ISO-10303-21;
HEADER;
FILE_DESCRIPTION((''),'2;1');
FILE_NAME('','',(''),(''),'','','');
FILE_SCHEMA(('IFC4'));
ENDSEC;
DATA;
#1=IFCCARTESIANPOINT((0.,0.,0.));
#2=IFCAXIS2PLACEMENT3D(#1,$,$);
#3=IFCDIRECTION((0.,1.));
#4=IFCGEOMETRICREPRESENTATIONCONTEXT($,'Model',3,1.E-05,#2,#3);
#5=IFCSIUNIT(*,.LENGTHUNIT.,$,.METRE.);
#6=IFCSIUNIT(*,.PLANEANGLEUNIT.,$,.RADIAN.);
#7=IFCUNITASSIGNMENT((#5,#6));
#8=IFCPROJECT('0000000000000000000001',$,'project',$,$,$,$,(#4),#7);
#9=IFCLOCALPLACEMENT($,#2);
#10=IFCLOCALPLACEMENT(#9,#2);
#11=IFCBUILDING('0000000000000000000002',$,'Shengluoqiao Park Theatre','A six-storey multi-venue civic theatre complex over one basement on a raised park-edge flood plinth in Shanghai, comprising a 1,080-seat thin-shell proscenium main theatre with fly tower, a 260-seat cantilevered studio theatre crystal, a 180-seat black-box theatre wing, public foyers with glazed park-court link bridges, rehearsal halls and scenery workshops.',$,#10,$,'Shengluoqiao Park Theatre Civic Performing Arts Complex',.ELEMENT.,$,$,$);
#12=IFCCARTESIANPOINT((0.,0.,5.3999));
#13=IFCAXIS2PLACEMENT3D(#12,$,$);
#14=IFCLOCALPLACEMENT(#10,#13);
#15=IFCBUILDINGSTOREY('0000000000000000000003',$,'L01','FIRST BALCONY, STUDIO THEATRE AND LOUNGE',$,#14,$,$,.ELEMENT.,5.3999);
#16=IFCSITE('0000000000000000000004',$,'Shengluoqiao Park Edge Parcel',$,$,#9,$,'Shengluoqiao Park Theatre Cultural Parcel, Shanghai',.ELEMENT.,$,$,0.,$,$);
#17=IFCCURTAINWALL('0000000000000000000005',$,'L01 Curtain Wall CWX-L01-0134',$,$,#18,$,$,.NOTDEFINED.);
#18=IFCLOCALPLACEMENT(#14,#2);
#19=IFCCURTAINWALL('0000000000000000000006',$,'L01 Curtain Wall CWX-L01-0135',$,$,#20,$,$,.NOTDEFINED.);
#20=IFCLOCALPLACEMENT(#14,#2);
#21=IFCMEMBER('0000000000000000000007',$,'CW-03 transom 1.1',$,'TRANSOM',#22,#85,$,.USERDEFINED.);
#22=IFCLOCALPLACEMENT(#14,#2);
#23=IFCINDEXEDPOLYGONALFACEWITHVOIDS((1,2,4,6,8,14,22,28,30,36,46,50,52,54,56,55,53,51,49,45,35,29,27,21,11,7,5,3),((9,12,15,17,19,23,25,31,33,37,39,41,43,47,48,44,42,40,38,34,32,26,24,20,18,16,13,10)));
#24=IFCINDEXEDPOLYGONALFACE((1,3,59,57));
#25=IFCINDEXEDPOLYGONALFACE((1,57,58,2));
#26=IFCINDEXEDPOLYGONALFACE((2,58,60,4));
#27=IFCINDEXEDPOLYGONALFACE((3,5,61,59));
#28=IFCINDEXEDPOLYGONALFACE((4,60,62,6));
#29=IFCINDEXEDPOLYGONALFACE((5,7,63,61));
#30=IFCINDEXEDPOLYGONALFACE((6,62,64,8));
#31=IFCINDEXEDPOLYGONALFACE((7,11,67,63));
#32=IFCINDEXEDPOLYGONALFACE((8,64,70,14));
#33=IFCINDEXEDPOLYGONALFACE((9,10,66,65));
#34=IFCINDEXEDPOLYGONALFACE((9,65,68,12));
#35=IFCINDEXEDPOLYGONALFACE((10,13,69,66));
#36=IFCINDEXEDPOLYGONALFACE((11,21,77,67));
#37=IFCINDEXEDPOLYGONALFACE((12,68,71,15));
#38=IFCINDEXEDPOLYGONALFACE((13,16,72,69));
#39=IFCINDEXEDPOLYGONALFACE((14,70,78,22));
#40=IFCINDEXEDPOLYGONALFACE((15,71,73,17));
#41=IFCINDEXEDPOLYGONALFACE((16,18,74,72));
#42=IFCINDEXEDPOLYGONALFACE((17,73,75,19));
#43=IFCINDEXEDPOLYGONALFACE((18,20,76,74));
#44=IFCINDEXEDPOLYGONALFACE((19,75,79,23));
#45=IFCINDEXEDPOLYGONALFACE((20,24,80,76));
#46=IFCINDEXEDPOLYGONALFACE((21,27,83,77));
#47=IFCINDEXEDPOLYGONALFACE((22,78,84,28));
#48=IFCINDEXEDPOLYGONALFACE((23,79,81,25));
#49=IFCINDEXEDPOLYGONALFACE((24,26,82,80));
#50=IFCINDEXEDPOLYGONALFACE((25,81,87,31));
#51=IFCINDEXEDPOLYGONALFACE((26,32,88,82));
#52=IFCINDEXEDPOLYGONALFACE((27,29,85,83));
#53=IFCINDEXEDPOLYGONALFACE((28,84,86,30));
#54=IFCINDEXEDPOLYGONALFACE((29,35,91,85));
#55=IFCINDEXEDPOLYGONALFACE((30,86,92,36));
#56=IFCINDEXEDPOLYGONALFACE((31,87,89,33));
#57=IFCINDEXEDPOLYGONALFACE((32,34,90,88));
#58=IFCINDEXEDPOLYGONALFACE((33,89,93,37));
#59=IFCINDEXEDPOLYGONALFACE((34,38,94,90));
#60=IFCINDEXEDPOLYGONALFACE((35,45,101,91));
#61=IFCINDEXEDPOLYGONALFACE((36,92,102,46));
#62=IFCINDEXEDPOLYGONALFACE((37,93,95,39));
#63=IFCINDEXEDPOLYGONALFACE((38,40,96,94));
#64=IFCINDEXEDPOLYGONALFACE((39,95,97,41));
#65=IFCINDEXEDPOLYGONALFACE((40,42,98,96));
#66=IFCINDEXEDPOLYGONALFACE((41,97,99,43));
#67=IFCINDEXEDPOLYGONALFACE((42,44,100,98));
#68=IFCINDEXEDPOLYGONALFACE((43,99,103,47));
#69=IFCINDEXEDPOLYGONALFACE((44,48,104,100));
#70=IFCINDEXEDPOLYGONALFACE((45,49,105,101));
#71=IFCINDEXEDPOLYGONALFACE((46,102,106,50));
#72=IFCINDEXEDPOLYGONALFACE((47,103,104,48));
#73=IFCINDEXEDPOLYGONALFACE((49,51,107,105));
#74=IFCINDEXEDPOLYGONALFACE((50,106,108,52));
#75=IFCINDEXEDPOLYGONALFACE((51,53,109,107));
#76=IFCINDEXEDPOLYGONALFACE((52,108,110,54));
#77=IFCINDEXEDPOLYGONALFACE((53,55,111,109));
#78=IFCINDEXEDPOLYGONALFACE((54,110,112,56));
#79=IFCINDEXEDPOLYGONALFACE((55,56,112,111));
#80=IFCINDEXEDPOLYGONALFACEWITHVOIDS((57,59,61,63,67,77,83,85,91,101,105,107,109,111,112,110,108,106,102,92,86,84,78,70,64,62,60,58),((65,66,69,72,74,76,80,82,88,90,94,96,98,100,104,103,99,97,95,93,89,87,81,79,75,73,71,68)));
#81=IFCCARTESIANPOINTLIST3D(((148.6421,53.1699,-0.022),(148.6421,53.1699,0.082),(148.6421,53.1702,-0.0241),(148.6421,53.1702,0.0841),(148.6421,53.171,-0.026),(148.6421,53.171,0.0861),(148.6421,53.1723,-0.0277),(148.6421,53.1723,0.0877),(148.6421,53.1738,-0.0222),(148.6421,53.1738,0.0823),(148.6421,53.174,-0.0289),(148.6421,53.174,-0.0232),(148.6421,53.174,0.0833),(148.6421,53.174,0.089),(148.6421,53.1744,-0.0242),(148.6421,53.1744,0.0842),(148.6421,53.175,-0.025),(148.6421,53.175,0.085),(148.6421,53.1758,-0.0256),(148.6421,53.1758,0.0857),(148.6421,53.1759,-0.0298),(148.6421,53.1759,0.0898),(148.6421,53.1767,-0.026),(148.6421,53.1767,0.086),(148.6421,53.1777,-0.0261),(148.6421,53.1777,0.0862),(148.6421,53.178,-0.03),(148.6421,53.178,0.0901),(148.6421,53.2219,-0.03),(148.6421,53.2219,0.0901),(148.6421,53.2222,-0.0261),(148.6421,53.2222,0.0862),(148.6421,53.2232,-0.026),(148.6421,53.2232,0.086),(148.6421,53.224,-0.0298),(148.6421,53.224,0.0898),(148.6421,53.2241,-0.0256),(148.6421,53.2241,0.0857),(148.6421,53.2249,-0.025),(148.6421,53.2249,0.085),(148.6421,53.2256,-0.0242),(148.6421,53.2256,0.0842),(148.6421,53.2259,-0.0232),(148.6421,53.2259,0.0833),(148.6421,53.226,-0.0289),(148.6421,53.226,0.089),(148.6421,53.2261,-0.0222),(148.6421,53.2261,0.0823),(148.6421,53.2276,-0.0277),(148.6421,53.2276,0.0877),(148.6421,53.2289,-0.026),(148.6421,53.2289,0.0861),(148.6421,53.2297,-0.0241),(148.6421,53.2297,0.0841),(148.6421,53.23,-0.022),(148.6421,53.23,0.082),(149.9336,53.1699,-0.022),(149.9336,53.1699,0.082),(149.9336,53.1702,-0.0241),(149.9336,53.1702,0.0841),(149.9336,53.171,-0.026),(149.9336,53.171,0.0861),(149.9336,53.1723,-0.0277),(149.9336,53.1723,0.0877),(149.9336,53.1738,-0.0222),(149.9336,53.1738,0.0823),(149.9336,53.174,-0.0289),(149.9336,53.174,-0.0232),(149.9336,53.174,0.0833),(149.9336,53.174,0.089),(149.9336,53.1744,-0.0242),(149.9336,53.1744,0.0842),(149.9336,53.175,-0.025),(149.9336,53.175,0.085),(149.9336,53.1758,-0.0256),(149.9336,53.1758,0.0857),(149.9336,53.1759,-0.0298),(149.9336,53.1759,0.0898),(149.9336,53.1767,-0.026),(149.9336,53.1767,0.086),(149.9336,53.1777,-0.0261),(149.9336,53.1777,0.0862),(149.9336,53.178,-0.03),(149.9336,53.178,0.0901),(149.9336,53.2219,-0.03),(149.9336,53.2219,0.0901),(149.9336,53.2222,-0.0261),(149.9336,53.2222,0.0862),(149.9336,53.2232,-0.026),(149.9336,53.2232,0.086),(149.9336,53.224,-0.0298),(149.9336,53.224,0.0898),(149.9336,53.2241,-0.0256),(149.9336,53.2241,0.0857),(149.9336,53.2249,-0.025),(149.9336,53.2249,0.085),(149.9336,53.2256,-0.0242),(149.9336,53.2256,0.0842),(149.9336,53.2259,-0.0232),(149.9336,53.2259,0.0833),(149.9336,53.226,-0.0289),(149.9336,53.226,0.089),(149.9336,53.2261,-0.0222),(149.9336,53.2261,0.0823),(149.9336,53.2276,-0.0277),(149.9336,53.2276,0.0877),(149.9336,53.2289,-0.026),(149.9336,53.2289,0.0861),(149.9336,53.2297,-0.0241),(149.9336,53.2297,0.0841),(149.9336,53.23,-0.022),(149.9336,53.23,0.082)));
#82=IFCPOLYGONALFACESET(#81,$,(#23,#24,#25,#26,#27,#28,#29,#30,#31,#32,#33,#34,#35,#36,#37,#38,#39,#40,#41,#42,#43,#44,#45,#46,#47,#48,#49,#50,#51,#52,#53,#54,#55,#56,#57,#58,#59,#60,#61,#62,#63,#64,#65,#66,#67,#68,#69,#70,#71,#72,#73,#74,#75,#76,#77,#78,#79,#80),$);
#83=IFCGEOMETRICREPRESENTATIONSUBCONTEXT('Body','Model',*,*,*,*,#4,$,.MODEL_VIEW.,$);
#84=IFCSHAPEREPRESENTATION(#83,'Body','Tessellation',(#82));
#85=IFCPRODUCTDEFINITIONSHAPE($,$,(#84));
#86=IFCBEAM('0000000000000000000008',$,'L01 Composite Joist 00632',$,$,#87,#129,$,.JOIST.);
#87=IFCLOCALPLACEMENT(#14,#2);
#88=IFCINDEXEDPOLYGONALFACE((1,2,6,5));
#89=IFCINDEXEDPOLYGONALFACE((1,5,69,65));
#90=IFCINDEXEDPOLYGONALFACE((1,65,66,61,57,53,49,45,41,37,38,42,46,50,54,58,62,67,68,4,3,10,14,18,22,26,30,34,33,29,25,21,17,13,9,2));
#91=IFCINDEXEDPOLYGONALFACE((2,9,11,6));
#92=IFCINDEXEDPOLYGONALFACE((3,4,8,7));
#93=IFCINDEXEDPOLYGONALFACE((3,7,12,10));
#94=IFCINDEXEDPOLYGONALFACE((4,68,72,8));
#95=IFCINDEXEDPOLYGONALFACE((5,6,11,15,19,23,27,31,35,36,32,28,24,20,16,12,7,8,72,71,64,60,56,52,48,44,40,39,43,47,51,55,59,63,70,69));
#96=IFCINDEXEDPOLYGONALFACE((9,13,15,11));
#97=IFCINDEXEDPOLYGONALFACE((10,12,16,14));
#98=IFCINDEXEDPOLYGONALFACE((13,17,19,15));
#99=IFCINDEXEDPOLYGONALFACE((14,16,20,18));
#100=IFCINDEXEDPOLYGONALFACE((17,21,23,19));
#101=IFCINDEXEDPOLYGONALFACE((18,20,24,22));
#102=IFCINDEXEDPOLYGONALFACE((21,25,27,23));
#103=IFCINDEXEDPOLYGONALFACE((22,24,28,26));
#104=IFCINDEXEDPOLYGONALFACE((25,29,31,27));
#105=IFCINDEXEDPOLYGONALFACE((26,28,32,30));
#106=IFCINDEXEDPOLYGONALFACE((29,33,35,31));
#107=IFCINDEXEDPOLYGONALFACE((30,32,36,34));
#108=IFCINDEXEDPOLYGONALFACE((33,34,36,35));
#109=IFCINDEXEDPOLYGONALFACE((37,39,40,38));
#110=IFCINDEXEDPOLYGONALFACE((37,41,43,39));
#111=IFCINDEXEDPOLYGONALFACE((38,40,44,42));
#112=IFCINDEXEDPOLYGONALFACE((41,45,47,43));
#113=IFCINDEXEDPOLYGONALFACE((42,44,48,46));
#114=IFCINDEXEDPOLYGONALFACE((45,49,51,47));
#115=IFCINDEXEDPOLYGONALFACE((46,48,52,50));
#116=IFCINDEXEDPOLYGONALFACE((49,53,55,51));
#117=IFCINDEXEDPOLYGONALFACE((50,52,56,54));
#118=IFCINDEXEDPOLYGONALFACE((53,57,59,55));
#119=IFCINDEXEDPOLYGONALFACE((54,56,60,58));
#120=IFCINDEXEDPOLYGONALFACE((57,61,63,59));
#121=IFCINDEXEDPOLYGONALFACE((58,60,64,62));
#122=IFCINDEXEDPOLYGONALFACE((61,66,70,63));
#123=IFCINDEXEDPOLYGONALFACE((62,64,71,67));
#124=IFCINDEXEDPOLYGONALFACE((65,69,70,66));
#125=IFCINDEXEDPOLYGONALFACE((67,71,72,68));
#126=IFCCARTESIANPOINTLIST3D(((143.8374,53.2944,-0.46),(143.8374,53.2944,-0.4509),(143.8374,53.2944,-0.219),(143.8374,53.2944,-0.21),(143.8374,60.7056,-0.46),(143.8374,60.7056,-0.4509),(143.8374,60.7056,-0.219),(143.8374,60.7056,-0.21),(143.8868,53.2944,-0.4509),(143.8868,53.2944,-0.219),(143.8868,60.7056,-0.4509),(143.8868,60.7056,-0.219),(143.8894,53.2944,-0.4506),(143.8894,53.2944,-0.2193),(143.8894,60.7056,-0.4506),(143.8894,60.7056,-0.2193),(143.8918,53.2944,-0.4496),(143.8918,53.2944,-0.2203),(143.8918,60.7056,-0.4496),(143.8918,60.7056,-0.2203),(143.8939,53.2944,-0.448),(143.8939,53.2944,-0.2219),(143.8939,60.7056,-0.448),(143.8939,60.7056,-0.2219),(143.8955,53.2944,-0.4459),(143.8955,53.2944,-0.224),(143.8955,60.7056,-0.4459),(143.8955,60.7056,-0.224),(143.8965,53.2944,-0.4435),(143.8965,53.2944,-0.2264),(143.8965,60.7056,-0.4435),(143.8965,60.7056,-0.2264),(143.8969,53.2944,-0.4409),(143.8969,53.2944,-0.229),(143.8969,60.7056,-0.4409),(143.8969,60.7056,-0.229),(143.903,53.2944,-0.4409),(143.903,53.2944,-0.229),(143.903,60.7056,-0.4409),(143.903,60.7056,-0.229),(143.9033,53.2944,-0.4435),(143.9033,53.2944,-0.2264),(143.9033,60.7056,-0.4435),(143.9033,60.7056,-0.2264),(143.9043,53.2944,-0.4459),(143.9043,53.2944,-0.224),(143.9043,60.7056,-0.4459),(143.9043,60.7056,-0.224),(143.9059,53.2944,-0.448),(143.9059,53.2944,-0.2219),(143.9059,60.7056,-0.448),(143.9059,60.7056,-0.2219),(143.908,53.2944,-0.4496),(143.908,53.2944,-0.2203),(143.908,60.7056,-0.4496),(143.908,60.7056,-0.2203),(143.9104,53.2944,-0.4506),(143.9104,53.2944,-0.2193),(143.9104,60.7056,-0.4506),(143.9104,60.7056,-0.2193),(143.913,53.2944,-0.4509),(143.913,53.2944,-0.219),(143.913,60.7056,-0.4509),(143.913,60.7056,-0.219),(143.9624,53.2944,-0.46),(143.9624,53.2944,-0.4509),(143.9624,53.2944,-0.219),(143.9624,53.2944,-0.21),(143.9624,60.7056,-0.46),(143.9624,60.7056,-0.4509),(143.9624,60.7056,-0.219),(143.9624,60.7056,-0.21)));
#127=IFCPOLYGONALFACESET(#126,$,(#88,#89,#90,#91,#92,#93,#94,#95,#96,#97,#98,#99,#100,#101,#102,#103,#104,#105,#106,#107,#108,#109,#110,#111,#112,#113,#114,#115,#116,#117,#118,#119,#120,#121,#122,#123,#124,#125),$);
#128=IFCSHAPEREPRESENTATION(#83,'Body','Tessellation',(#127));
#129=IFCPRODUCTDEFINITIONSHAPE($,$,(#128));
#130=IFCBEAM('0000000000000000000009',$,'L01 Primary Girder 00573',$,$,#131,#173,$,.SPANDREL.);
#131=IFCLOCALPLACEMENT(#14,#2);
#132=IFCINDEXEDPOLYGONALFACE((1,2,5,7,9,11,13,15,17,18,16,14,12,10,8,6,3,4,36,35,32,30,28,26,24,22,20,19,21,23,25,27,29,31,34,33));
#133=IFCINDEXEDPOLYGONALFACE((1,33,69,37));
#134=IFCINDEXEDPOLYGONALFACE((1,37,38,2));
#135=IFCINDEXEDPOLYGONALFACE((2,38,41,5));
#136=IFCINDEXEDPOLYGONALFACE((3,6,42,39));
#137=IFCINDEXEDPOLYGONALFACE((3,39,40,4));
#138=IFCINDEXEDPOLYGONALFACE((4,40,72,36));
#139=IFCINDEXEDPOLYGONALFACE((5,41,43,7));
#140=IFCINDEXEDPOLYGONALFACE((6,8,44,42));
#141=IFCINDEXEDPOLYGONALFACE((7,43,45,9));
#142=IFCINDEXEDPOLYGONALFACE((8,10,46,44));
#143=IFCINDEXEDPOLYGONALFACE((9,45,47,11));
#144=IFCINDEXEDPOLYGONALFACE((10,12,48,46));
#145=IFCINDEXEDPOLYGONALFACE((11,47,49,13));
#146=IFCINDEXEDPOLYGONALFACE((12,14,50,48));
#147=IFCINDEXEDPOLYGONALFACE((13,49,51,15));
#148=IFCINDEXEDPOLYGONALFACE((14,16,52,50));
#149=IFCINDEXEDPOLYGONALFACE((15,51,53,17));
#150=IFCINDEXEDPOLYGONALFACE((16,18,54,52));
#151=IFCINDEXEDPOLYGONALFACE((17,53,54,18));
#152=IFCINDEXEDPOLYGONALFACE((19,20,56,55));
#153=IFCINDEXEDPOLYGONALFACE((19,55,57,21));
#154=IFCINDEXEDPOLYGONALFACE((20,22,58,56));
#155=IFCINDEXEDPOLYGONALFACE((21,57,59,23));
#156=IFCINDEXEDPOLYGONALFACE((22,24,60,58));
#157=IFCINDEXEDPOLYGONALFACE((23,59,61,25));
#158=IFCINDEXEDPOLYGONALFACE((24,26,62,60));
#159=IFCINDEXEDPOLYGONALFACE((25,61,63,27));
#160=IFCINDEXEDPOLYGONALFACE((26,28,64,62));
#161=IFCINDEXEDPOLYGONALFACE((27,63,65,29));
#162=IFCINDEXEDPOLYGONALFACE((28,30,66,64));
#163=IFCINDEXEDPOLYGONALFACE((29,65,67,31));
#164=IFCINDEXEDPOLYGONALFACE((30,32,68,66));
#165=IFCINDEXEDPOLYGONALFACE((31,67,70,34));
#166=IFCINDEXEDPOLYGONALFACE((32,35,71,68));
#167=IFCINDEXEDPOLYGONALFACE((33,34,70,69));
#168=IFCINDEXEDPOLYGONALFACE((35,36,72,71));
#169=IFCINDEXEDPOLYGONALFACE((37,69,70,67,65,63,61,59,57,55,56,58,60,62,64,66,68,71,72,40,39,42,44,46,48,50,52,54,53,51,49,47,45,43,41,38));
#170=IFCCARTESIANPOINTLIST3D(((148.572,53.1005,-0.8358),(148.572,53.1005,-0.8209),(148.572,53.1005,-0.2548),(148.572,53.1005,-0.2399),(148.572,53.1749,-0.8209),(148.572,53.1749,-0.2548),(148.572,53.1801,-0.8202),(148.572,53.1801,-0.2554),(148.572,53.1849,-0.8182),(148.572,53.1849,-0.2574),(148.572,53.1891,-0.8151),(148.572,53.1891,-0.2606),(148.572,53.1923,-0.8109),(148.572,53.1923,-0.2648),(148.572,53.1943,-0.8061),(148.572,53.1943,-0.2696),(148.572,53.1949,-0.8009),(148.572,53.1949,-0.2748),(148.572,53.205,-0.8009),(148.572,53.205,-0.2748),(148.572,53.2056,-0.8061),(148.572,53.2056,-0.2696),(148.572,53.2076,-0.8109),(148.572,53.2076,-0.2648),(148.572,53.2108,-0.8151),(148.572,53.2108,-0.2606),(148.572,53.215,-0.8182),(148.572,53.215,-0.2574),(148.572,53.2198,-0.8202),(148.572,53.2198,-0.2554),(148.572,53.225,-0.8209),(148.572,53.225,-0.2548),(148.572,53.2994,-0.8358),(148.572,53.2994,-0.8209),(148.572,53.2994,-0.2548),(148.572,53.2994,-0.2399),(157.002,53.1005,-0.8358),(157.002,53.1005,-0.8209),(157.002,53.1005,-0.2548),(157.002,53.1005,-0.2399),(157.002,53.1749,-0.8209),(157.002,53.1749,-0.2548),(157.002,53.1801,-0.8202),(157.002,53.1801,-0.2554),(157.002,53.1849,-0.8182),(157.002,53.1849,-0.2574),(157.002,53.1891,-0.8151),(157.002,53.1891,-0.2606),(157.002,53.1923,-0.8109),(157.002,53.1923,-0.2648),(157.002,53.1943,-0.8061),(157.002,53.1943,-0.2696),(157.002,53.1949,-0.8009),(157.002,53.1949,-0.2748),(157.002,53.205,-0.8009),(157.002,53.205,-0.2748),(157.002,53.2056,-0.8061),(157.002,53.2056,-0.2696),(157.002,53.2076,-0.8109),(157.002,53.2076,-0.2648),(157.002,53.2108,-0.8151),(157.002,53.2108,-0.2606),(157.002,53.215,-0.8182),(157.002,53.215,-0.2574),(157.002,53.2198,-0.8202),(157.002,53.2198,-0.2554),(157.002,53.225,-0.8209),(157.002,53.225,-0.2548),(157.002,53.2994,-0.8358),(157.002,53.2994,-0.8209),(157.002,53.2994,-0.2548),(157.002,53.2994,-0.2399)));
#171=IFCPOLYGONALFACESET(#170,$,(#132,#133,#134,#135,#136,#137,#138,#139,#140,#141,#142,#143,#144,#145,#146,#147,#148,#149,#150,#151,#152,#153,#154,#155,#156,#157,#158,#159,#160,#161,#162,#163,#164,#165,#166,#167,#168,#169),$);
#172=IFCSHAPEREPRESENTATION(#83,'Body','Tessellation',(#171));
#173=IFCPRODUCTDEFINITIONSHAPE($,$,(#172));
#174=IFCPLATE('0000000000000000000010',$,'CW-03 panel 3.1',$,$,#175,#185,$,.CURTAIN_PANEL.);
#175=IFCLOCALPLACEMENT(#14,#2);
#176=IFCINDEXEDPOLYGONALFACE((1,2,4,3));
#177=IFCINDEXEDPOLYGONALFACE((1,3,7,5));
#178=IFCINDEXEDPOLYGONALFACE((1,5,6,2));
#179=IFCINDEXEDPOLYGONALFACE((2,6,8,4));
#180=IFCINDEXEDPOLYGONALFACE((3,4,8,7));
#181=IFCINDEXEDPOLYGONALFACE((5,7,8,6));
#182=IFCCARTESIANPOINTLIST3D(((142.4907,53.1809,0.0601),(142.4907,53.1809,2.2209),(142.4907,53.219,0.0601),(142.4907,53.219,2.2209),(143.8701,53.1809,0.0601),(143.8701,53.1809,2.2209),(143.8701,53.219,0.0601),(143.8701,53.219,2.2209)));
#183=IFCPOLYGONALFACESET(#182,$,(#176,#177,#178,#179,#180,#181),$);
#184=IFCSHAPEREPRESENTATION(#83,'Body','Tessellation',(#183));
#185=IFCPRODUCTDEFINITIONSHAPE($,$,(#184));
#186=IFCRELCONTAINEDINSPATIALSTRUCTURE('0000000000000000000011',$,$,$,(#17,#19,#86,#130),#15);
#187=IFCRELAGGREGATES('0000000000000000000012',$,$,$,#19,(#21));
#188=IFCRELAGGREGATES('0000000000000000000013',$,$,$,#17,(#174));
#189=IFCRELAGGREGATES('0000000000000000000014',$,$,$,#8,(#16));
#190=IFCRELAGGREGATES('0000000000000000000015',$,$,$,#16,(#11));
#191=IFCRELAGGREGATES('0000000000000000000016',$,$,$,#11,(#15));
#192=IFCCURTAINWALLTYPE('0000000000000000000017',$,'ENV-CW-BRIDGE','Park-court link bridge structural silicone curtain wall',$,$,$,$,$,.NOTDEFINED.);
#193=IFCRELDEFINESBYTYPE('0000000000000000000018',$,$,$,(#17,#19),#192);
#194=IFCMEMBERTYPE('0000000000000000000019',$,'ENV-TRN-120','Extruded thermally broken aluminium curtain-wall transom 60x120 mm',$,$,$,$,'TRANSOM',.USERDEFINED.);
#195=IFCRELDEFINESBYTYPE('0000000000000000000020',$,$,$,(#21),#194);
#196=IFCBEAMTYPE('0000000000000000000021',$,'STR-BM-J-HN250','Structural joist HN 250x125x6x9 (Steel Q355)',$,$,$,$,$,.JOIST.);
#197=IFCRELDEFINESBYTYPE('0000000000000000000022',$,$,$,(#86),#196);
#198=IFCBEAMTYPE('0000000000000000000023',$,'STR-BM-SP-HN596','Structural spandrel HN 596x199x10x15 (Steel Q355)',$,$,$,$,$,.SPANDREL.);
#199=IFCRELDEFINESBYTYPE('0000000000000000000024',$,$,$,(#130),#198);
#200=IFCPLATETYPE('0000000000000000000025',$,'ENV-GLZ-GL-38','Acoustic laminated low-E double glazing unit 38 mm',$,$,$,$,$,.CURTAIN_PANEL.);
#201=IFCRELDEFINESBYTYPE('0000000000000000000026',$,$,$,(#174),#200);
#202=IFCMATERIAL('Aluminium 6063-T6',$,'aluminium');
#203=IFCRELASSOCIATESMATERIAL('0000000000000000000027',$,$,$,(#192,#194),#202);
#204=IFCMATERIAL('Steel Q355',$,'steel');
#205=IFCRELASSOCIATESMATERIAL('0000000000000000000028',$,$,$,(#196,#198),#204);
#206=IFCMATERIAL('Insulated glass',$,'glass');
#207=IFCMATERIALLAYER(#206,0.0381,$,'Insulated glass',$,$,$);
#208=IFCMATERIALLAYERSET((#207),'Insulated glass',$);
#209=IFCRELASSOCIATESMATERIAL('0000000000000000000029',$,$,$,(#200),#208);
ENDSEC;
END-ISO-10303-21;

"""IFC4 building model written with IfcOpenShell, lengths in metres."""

from ifc_helpers import new_model, si_unit, direction, frame, origin, origin_2d, place, context, subcontext, project, spatial, rectangle, hollow_rectangle, i_section, extrude, material, layer, layer_set, material_profile, profile_set, type_object, element, aggregate, save


model = new_model("IFC4")

# Units and contexts
model_context = context("Model", 3, precision=1e-05, world=origin(), true_north=direction((0.0, 1.0)))
body_context = subcontext(model_context, "Body", "Model", "MODEL_VIEW")
ifc_project = project(units=[si_unit("LENGTHUNIT", "METRE"), si_unit("PLANEANGLEUNIT", "RADIAN")], contexts=[model_context])

# Site, building, storey
site_placement = place(None, origin())
site = spatial("IfcSite", under=ifc_project, at=site_placement, Name="Shengluoqiao Park Edge Parcel", LongName="Shengluoqiao Park Theatre Cultural Parcel, Shanghai", CompositionType="ELEMENT", RefElevation=0.0)
building_placement = place(site_placement, origin())
building = spatial("IfcBuilding", under=site, at=building_placement, Name="Shengluoqiao Park Theatre", Description="A six-storey multi-venue civic theatre complex over one basement on a raised park-edge flood plinth in Shanghai, comprising a 1,080-seat thin-shell proscenium main theatre with fly tower, a 260-seat cantilevered studio theatre crystal, a 180-seat black-box theatre wing, public foyers with glazed park-court link bridges, rehearsal halls and scenery workshops.", LongName="Shengluoqiao Park Theatre Civic Performing Arts Complex", CompositionType="ELEMENT")
storey_placement = place(building_placement, frame((0.0, 0.0, 5.3999)))
storey = spatial("IfcBuildingStorey", under=building, at=storey_placement, Name="L01", Description="FIRST BALCONY, STUDIO THEATRE AND LOUNGE", CompositionType="ELEMENT", Elevation=5.3999)

# Shared definitions
ifc_material_1 = material(Name="Steel Q355", Category="steel")

# Curtain wall
ifc_material_2 = material(Name="Aluminium 6063-T6", Category="aluminium")
curtain_wall_type = type_object("IfcCurtainWallType", Name="ENV-CW-BRIDGE", Description="Park-court link bridge structural silicone curtain wall", PredefinedType="NOTDEFINED", material=ifc_material_2)
curtain_wall_1_placement = place(storey_placement, origin())
curtain_wall_1 = element("IfcCurtainWall", 1, at=curtain_wall_1_placement, inside=storey, type_object=curtain_wall_type, Name="L01 Curtain Wall CWX-L01-0134", PredefinedType="NOTDEFINED")

# Curtain wall
curtain_wall_2_placement = place(storey_placement, origin())
curtain_wall_2 = element("IfcCurtainWall", 2, at=curtain_wall_2_placement, inside=storey, type_object=curtain_wall_type, Name="L01 Curtain Wall CWX-L01-0135", PredefinedType="NOTDEFINED")

# Member
ifc_material_profile_1 = material_profile(ifc_material_2, hollow_rectangle(XDim=0.0601, YDim=0.1201, WallThickness=0.0039, InnerFilletRadius=0.0039, OuterFilletRadius=0.0081, at=origin_2d()), Name="ALU TRANSOM 120x60x4")
ifc_profile_set_1 = profile_set([ifc_material_profile_1], Name="Aluminium 6063-T6")
member_type_1 = type_object("IfcMemberType", Name="ENV-TRN-120", Description="Extruded thermally broken aluminium curtain-wall transom 60x120 mm", ElementType="TRANSOM", PredefinedType="USERDEFINED", material=ifc_profile_set_1)
member_1_placement = place(storey_placement, frame((148.6421, 53.2, 0.03), z_axis=(1.0, 0.0, 0.0), x_axis=(0.0, 1.0, 0.0)))
member_1 = element("IfcMember", 3, at=member_1_placement, type_object=member_type_1, Name="CW-03 transom 1.1", ObjectType="TRANSOM", PredefinedType="USERDEFINED", context=body_context, shape_type="SweptSolid", body=[
    extrude(hollow_rectangle(XDim=0.0601, YDim=0.1201, WallThickness=0.0039, InnerFilletRadius=0.0039, OuterFilletRadius=0.0081, at=origin_2d()), origin(), (0.0, 0.0, 1.0), 1.2915),
])
aggregate(curtain_wall_2, [member_1])

# Beams
ifc_material_profile_2 = material_profile(ifc_material_1, i_section(OverallWidth=0.125, OverallDepth=0.25, WebThickness=0.0061, FlangeThickness=0.009, FilletRadius=0.01, at=origin_2d()), Name="HN 250x125x6x9")
ifc_profile_set_2 = profile_set([ifc_material_profile_2], Name="Steel Q355")
beam_type_1 = type_object("IfcBeamType", Name="STR-BM-J-HN250", Description="Structural joist HN 250x125x6x9 (Steel Q355)", PredefinedType="JOIST", material=ifc_profile_set_2)
beam_1_placement = place(storey_placement, frame((143.8999, 53.2944, -0.335), z_axis=(0.0, 1.0, 0.0), x_axis=(-1.0, 0.0, 0.0)))
element("IfcBeam", 4, at=beam_1_placement, inside=storey, type_object=beam_type_1, Name="L01 Composite Joist 00632", PredefinedType="JOIST", context=body_context, shape_type="SweptSolid", body=[
    extrude(i_section(OverallWidth=0.125, OverallDepth=0.25, WebThickness=0.0061, FlangeThickness=0.009, FilletRadius=0.01, at=origin_2d()), origin(), (0.0, 0.0, 1.0), 7.4111),
])
ifc_material_profile_3 = material_profile(ifc_material_1, i_section(OverallWidth=0.199, OverallDepth=0.5959, WebThickness=0.01, FlangeThickness=0.0149, FilletRadius=0.02, at=origin_2d()), Name="HN 596x199x10x15")
ifc_profile_set_3 = profile_set([ifc_material_profile_3], Name="Steel Q355")
beam_type_2 = type_object("IfcBeamType", Name="STR-BM-SP-HN596", Description="Structural spandrel HN 596x199x10x15 (Steel Q355)", PredefinedType="SPANDREL", material=ifc_profile_set_3)
beam_2_placement = place(storey_placement, frame((148.572, 53.2, -0.5378), z_axis=(1.0, 0.0, 0.0), x_axis=(0.0, 1.0, 0.0)))
element("IfcBeam", 5, at=beam_2_placement, inside=storey, type_object=beam_type_2, Name="L01 Primary Girder 00573", PredefinedType="SPANDREL", context=body_context, shape_type="SweptSolid", body=[
    extrude(i_section(OverallWidth=0.199, OverallDepth=0.5959, WebThickness=0.01, FlangeThickness=0.0149, FilletRadius=0.02, at=origin_2d()), origin(), (0.0, 0.0, 1.0), 8.4299),
])

# Plate
ifc_material_3 = material(Name="Insulated glass", Category="glass")
ifc_layer_1 = layer(ifc_material_3, 0.0381, Name="Insulated glass")
ifc_layer_set_1 = layer_set([ifc_layer_1], Name="Insulated glass")
plate_type_1 = type_object("IfcPlateType", Name="ENV-GLZ-GL-38", Description="Acoustic laminated low-E double glazing unit 38 mm", PredefinedType="CURTAIN_PANEL", material=ifc_layer_set_1)
plate_1_placement = place(storey_placement, frame((143.1804, 53.2, 0.0601), z_axis=(0.0, 0.0, 1.0), x_axis=(1.0, 0.0, 0.0)))
plate_1 = element("IfcPlate", 6, at=plate_1_placement, type_object=plate_type_1, Name="CW-03 panel 3.1", PredefinedType="CURTAIN_PANEL", context=body_context, shape_type="SweptSolid", body=[
    extrude(rectangle(XDim=1.3794, YDim=0.0381, at=origin_2d()), origin(), (0.0, 0.0, 1.0), 2.1609),
])
aggregate(curtain_wall_1, [plate_1])

save(model, "model.ifc")
